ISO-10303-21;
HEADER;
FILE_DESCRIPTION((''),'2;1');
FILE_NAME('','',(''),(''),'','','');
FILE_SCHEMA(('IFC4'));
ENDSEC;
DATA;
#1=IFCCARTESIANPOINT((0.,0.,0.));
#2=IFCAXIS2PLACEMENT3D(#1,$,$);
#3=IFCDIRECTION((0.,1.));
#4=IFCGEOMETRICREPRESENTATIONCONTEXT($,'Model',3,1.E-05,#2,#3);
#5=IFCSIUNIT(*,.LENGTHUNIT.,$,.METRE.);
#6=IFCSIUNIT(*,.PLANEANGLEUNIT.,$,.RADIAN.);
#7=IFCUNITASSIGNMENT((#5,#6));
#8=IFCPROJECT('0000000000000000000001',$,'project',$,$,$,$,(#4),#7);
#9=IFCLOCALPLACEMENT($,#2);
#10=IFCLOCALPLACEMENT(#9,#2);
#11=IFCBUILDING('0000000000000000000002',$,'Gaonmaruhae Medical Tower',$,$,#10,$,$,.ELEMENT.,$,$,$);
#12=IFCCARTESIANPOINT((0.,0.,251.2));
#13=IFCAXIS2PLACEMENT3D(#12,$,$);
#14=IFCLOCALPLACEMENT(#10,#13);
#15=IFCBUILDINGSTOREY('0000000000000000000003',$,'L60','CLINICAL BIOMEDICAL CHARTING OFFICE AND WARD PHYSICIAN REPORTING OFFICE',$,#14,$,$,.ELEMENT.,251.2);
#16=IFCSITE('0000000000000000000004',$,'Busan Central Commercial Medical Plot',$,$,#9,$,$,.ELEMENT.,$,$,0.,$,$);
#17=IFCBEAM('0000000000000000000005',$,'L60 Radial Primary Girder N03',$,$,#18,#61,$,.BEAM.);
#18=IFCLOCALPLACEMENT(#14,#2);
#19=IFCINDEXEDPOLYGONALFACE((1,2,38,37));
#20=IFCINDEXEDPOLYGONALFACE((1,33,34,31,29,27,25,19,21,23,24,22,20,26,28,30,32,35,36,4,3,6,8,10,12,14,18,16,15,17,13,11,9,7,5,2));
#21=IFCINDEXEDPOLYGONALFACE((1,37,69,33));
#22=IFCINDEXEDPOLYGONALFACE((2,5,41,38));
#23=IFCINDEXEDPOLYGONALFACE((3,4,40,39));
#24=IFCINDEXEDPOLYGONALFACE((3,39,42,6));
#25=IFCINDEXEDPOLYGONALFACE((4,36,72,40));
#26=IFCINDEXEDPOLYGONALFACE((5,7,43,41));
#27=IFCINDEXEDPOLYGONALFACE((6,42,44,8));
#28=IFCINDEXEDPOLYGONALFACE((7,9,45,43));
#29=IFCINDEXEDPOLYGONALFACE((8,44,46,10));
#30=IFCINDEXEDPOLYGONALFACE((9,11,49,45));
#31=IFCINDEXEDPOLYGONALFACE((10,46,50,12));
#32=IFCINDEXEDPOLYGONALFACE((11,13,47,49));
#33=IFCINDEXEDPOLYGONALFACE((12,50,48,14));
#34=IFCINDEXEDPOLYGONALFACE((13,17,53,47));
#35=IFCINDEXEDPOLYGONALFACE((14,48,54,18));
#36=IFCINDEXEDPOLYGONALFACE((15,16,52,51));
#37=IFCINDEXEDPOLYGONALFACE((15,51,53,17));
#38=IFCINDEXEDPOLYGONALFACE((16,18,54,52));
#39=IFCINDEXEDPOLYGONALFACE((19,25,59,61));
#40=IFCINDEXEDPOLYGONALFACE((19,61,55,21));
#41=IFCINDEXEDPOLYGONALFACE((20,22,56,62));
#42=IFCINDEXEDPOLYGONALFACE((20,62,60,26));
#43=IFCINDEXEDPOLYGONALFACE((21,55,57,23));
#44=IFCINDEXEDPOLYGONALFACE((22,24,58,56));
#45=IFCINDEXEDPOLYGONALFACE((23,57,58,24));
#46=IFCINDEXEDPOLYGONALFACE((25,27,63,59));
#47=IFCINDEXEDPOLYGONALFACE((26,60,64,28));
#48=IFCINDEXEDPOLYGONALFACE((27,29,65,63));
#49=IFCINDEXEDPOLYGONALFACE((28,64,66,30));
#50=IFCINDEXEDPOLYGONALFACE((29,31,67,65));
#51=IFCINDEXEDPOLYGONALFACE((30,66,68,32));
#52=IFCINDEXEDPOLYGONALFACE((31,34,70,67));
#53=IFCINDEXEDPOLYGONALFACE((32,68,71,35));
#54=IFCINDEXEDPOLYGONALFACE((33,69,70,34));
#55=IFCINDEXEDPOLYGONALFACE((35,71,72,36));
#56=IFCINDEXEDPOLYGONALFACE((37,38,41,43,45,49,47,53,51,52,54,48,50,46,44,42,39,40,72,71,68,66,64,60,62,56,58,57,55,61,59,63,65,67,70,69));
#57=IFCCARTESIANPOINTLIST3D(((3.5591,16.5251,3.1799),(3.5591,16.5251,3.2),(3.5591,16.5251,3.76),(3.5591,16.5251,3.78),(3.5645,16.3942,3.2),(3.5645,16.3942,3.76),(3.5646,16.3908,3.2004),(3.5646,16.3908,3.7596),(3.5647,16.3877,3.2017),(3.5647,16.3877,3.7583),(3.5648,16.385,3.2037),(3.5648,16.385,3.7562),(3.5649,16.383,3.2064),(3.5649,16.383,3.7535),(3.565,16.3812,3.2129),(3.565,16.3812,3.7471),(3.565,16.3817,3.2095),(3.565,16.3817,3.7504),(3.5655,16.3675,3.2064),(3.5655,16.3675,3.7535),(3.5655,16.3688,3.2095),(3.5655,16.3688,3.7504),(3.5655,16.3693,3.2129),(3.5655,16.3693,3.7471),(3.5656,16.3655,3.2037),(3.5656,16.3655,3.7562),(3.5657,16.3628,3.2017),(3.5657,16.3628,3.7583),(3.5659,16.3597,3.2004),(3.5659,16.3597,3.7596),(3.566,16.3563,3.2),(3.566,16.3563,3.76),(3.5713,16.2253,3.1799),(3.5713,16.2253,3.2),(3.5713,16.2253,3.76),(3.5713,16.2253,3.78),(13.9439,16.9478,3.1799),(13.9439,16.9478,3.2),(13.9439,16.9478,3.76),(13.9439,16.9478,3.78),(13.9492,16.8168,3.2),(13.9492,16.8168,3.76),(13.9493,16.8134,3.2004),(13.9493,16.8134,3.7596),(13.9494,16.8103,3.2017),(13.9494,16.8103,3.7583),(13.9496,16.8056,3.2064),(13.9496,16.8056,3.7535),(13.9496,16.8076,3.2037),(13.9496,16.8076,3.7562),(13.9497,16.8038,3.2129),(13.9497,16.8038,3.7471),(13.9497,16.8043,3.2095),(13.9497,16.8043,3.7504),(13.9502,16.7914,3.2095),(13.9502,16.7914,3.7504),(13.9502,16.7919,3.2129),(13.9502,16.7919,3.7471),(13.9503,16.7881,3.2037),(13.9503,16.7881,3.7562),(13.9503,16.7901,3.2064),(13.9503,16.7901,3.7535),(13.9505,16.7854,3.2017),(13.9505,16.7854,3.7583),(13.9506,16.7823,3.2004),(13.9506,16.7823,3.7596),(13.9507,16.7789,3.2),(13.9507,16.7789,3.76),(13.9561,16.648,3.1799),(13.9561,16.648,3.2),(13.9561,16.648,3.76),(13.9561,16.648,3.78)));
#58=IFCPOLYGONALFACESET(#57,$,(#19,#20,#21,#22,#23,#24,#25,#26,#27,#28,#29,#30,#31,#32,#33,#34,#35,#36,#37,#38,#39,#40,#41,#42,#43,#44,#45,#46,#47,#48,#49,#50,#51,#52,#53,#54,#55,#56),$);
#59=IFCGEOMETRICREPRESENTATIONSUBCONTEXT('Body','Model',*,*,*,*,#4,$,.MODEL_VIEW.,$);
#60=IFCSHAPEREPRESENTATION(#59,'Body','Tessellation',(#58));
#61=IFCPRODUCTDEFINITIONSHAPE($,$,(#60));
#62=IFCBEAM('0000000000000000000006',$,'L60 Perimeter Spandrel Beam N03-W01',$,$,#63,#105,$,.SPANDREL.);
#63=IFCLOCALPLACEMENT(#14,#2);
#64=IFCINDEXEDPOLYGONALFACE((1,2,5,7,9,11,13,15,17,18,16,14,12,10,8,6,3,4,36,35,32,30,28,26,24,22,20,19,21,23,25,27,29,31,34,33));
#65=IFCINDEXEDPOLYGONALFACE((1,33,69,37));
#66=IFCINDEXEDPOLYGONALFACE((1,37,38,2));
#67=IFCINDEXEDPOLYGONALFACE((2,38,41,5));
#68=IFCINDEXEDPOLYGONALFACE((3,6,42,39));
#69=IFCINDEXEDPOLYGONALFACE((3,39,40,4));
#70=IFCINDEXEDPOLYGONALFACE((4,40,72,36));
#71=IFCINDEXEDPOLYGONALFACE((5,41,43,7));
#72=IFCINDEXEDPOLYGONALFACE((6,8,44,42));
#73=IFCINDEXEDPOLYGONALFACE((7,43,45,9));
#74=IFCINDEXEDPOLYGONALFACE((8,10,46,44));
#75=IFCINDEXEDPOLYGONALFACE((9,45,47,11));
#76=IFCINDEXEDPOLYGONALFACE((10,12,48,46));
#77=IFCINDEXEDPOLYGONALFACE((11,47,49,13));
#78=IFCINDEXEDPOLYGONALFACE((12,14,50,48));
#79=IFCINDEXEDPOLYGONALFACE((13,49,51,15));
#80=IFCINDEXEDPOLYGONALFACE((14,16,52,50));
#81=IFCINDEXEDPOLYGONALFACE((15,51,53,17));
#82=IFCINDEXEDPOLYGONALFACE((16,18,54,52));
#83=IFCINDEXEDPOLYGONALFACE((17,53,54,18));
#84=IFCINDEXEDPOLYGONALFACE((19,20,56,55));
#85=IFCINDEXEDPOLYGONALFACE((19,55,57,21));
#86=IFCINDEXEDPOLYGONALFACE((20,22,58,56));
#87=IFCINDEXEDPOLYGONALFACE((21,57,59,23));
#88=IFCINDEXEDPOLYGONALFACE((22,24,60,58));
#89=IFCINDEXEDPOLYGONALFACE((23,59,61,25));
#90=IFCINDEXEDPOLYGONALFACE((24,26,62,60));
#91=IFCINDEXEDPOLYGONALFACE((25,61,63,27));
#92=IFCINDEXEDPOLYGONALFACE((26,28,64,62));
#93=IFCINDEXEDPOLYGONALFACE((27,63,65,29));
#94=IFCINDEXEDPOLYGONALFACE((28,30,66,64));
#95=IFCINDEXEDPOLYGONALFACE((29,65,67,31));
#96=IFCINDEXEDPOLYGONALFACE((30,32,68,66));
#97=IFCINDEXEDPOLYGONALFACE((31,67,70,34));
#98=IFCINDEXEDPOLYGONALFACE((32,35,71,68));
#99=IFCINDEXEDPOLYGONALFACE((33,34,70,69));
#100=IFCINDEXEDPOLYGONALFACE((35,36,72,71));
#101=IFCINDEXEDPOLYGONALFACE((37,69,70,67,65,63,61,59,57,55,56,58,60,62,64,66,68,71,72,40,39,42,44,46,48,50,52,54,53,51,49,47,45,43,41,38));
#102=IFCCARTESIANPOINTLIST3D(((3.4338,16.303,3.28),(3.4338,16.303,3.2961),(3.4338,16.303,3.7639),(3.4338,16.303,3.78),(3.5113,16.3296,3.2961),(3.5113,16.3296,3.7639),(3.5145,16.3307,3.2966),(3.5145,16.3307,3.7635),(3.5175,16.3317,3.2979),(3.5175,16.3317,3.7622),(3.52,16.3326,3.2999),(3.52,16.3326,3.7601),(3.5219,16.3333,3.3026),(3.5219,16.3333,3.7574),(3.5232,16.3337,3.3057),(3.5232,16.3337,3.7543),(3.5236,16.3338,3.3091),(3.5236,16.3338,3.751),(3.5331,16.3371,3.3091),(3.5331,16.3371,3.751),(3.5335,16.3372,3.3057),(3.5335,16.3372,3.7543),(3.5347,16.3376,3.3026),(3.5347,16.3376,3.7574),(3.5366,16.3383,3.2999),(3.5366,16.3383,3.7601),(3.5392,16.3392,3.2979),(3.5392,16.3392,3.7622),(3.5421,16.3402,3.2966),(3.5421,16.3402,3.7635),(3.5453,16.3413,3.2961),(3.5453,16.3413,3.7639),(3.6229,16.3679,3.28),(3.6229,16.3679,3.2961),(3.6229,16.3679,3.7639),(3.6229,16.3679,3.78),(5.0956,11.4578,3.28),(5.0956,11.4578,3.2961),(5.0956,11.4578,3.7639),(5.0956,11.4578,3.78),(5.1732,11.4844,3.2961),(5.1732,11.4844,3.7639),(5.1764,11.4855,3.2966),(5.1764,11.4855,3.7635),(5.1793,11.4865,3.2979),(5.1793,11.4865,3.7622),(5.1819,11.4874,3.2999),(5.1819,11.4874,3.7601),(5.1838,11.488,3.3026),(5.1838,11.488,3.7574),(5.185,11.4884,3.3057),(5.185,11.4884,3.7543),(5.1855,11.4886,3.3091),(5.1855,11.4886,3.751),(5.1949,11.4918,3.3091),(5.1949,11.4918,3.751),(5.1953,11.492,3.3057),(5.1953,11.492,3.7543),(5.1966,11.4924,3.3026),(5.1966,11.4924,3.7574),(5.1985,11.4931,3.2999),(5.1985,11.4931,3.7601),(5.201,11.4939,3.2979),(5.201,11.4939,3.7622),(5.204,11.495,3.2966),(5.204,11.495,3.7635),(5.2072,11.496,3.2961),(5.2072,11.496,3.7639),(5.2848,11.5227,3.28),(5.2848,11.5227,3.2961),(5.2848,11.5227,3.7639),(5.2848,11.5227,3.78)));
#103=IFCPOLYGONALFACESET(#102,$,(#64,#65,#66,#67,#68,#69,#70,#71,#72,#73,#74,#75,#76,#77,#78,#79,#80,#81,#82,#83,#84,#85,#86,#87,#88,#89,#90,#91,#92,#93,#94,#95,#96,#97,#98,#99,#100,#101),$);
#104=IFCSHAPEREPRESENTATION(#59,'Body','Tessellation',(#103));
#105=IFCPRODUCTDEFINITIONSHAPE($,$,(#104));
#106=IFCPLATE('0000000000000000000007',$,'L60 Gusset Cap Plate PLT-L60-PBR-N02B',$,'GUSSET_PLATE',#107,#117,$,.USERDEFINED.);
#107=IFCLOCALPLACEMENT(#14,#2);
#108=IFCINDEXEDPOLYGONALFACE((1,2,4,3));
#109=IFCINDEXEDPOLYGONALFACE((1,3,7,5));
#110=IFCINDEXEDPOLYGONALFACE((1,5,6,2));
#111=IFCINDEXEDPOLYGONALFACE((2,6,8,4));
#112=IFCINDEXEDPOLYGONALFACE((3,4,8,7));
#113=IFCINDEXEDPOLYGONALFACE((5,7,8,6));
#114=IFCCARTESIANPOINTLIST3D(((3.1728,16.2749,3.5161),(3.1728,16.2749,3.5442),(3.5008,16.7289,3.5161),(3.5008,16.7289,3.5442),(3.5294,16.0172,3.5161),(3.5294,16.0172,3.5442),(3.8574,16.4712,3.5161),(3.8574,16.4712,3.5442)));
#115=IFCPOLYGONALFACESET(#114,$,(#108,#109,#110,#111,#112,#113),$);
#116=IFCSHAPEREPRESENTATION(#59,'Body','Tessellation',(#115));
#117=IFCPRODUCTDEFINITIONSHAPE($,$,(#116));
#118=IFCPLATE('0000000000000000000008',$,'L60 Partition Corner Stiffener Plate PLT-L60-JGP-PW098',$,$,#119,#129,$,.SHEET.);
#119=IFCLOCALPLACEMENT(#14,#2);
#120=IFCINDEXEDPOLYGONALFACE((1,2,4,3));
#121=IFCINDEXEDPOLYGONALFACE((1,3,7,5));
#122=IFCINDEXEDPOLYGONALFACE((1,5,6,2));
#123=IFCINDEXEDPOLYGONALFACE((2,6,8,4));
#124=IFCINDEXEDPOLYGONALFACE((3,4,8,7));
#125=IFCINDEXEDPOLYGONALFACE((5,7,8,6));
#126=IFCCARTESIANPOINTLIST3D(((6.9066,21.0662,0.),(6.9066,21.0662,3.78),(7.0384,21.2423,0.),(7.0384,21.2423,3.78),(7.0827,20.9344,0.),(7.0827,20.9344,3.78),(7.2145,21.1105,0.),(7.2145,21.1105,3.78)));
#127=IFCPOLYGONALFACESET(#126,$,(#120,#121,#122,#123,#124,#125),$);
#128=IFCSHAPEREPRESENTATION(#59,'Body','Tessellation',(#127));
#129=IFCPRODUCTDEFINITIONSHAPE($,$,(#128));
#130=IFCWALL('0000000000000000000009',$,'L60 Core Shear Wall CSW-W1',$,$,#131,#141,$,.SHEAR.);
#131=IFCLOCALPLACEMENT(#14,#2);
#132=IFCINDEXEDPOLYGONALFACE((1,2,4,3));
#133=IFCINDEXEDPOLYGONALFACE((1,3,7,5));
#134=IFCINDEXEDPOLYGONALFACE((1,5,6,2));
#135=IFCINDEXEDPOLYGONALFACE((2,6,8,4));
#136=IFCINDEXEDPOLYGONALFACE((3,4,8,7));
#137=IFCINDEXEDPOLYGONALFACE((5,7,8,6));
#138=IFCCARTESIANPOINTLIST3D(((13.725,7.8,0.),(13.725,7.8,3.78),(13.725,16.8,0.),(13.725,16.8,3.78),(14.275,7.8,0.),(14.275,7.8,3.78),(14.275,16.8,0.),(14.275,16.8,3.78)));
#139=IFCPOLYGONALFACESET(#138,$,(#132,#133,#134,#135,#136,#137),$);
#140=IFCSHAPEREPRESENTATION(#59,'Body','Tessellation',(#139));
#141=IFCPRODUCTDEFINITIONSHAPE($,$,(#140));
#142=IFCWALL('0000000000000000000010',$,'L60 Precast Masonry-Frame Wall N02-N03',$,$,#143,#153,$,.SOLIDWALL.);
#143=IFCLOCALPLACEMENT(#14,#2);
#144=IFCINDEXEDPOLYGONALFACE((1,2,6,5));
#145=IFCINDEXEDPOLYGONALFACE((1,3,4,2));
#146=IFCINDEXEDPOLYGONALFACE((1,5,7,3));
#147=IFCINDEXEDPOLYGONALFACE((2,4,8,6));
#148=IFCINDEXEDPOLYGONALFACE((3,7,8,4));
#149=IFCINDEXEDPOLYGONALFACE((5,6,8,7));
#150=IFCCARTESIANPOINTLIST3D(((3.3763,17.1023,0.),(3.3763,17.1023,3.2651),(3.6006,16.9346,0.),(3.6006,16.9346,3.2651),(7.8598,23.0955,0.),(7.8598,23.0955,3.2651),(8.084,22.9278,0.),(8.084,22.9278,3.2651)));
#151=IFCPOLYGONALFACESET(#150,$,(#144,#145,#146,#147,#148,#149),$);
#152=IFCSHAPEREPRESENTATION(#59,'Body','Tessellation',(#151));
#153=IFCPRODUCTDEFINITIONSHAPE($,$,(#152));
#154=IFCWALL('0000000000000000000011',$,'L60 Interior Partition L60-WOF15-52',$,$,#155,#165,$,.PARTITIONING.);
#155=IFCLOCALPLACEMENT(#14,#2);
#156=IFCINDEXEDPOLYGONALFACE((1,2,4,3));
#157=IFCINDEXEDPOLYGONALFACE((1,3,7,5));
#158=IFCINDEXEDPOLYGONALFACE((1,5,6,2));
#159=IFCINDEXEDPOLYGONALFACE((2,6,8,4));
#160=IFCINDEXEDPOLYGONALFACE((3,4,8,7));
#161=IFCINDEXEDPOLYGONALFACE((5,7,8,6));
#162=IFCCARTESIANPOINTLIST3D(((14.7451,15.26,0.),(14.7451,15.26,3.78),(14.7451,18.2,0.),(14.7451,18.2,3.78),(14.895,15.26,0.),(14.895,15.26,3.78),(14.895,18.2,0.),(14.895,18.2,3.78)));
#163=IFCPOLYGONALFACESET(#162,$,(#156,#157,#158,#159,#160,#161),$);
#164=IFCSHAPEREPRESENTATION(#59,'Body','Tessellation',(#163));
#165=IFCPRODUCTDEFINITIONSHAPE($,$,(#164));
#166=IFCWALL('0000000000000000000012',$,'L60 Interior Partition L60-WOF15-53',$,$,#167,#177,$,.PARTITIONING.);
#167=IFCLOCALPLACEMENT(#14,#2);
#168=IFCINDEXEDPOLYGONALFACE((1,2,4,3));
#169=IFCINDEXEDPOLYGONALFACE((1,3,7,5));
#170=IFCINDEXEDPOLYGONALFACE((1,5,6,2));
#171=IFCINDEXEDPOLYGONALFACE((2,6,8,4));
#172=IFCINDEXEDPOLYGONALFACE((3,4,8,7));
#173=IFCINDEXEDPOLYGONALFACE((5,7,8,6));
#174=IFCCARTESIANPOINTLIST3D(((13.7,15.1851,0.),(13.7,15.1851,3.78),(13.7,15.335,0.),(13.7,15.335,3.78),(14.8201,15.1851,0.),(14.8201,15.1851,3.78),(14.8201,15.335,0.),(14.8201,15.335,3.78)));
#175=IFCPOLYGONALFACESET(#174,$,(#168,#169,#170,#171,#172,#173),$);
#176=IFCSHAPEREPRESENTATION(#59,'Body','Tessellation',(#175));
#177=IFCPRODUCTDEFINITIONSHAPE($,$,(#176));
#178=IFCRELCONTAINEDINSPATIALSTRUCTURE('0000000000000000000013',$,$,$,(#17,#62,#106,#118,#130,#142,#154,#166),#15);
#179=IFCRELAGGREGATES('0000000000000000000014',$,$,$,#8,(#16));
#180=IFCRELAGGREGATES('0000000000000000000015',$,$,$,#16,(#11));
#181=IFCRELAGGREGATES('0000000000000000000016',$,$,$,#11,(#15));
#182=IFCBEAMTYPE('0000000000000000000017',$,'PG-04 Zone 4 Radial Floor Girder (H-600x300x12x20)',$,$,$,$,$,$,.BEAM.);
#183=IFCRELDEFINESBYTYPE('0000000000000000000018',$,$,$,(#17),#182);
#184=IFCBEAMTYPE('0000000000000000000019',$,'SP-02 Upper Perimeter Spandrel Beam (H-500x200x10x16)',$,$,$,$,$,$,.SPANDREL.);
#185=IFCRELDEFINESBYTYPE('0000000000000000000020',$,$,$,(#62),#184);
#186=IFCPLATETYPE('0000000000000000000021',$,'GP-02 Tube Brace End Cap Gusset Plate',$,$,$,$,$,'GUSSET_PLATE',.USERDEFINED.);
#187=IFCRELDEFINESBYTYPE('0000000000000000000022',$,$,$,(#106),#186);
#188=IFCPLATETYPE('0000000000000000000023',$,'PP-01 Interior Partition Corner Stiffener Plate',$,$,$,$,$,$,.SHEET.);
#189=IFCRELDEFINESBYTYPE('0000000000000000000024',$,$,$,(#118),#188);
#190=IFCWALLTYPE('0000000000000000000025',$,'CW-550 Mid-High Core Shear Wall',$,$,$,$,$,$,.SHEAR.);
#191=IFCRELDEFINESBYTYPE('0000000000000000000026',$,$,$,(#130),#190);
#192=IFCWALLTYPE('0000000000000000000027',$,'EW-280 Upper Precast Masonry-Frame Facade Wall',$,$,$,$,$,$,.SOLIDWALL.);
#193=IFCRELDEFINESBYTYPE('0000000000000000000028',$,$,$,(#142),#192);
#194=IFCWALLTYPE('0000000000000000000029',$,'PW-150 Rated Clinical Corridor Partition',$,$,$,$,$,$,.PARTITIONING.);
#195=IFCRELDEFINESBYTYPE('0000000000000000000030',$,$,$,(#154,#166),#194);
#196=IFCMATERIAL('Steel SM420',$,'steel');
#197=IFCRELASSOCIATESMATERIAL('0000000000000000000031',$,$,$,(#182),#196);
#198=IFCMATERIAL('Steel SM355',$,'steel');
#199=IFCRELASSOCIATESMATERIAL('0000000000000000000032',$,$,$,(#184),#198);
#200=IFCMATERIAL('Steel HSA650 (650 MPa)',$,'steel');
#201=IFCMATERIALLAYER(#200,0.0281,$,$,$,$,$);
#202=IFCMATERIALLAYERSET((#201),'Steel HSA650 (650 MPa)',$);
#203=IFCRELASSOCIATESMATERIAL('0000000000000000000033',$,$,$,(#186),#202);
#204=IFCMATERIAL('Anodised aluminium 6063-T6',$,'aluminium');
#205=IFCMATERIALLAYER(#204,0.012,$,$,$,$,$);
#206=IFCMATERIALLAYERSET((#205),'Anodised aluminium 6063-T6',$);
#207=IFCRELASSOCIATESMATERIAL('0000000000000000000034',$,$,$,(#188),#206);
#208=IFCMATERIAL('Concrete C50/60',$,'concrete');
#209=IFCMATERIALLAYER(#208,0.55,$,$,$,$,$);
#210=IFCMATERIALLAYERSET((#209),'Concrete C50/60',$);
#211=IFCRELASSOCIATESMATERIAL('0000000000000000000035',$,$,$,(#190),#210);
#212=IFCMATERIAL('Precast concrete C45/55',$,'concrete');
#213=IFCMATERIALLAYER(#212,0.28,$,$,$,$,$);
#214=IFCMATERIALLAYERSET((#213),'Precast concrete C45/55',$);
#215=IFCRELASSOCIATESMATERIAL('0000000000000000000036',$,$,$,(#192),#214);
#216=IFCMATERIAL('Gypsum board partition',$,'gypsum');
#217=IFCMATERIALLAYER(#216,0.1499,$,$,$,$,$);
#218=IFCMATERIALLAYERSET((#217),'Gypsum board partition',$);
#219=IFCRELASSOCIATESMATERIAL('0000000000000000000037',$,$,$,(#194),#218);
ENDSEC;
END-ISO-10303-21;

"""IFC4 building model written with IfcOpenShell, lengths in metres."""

from ifc_helpers import new_model, si_unit, direction, frame, frame_2d, origin, origin_2d, place, context, subcontext, project, spatial, rectangle, i_section, extrude, material, layer, layer_set, material_profile, profile_set, type_object, element, save


model = new_model("IFC4")

# Units and contexts
model_context = context("Model", 3, precision=1e-05, world=origin(), true_north=direction((0.0, 1.0)))
body_context = subcontext(model_context, "Body", "Model", "MODEL_VIEW")
ifc_project = project(units=[si_unit("LENGTHUNIT", "METRE"), si_unit("PLANEANGLEUNIT", "RADIAN")], contexts=[model_context])

# Site, building, storey
site_placement = place(None, origin())
site = spatial("IfcSite", under=ifc_project, at=site_placement, Name="Busan Central Commercial Medical Plot", CompositionType="ELEMENT", RefElevation=0.0)
building_placement = place(site_placement, origin())
building = spatial("IfcBuilding", under=site, at=building_placement, Name="Gaonmaruhae Medical Tower", CompositionType="ELEMENT")
storey_placement = place(building_placement, frame((0.0, 0.0, 251.2)))
storey = spatial("IfcBuildingStorey", under=building, at=storey_placement, Name="L60", Description="CLINICAL BIOMEDICAL CHARTING OFFICE AND WARD PHYSICIAN REPORTING OFFICE", CompositionType="ELEMENT", Elevation=251.2)

# Shared definitions
ifc_material_1 = material(Name="Concrete C50/60", Category="concrete")

# Beams
ifc_material_2 = material(Name="Steel SM355", Category="steel")
ifc_material_3 = material(Name="Steel SM420", Category="steel")
ifc_material_profile_1 = material_profile(ifc_material_3, i_section(OverallWidth=0.3, OverallDepth=0.6001, WebThickness=0.012, FlangeThickness=0.02, FilletRadius=0.0129, at=origin_2d()), Name="H-600x300x12x20")
ifc_profile_set_1 = profile_set([ifc_material_profile_1], Name="Steel SM420")
beam_type_1 = type_object("IfcBeamType", Name="PG-04 Zone 4 Radial Floor Girder (H-600x300x12x20)", PredefinedType="BEAM", material=ifc_profile_set_1)
beam_1_placement = place(storey_placement, frame((13.95, 16.7979, 3.48), z_axis=(-0.999173, -0.040661, 0.0), x_axis=(0.040661, -0.999173, 0.0)))
element("IfcBeam", 1, at=beam_1_placement, inside=storey, type_object=beam_type_1, Name="L60 Radial Primary Girder N03", PredefinedType="BEAM", context=body_context, shape_type="SweptSolid", body=[
    extrude(i_section(OverallWidth=0.3, OverallDepth=0.6001, WebThickness=0.012, FlangeThickness=0.02, FilletRadius=0.0129, at=origin_2d()), origin(), (0.0, 0.0, 1.0), 10.3933),
])
ifc_material_profile_2 = material_profile(ifc_material_2, i_section(OverallWidth=0.2, OverallDepth=0.5, WebThickness=0.01, FlangeThickness=0.0161, FilletRadius=0.0129, at=origin_2d()), Name="H-500x200x10x16")
ifc_profile_set_2 = profile_set([ifc_material_profile_2], Name="Steel SM355")
beam_type_2 = type_object("IfcBeamType", Name="SP-02 Upper Perimeter Spandrel Beam (H-500x200x10x16)", PredefinedType="SPANDREL", material=ifc_profile_set_2)
beam_2_placement = place(storey_placement, frame((3.5283, 16.3354, 3.53), z_axis=(0.324438, -0.945907, 0.0), x_axis=(0.945907, 0.324438, 0.0)))
element("IfcBeam", 2, at=beam_2_placement, inside=storey, type_object=beam_type_2, Name="L60 Perimeter Spandrel Beam N03-W01", PredefinedType="SPANDREL", context=body_context, shape_type="SweptSolid", body=[
    extrude(i_section(OverallWidth=0.2, OverallDepth=0.5, WebThickness=0.01, FlangeThickness=0.0161, FilletRadius=0.0129, at=origin_2d()), origin(), (0.0, 0.0, 1.0), 5.1223),
])

# Plates
ifc_material_4 = material(Name="Steel HSA650 (650 MPa)", Category="steel")
ifc_layer_1 = layer(ifc_material_4, 0.0281)
ifc_layer_set_1 = layer_set([ifc_layer_1], Name="Steel HSA650 (650 MPa)")
plate_type_1 = type_object("IfcPlateType", Name="GP-02 Tube Brace End Cap Gusset Plate", ElementType="GUSSET_PLATE", PredefinedType="USERDEFINED", material=ifc_layer_set_1)
plate_1_placement = place(storey_placement, frame((3.5151, 16.373, 3.5161), z_axis=(0.0, 0.0, 1.0), x_axis=(0.585665, 0.810553, 0.0)))
element("IfcPlate", 3, at=plate_1_placement, inside=storey, type_object=plate_type_1, Name="L60 Gusset Cap Plate PLT-L60-PBR-N02B", ObjectType="GUSSET_PLATE", PredefinedType="USERDEFINED", context=body_context, shape_type="SweptSolid", body=[
    extrude(rectangle(XDim=0.5601, YDim=0.4399, at=origin_2d()), origin(), (0.0, 0.0, 1.0), 0.0281),
])
ifc_material_5 = material(Name="Anodised aluminium 6063-T6", Category="aluminium")
ifc_layer_2 = layer(ifc_material_5, 0.012)
ifc_layer_set_2 = layer_set([ifc_layer_2], Name="Anodised aluminium 6063-T6")
plate_type_2 = type_object("IfcPlateType", Name="PP-01 Interior Partition Corner Stiffener Plate", PredefinedType="SHEET", material=ifc_layer_set_2)
plate_2_placement = place(storey_placement, frame((7.0605, 21.0884, 0.0), z_axis=(0.0, 0.0, 1.0), x_axis=(-0.800585, 0.599219, 0.0)))
element("IfcPlate", 4, at=plate_2_placement, inside=storey, type_object=plate_type_2, Name="L60 Partition Corner Stiffener Plate PLT-L60-JGP-PW098", PredefinedType="SHEET", context=body_context, shape_type="SweptSolid", body=[
    extrude(rectangle(XDim=0.22, YDim=0.22, at=origin_2d()), origin(), (0.0, 0.0, 1.0), 3.78),
])

# Walls
ifc_layer_3 = layer(ifc_material_1, 0.55)
ifc_layer_set_3 = layer_set([ifc_layer_3], Name="Concrete C50/60")
wall_type_1 = type_object("IfcWallType", Name="CW-550 Mid-High Core Shear Wall", PredefinedType="SHEAR", material=ifc_layer_set_3)
wall_1_placement = place(storey_placement, frame((14.0, 16.8, 0.0), z_axis=(0.0, 0.0, 1.0), x_axis=(0.0, -1.0, 0.0)))
element("IfcWall", 5, at=wall_1_placement, inside=storey, type_object=wall_type_1, Name="L60 Core Shear Wall CSW-W1", PredefinedType="SHEAR", context=body_context, shape_type="SweptSolid", body=[
    extrude(rectangle(XDim=9.0, YDim=0.55, at=frame_2d((4.5, 0.0))), origin(), (0.0, 0.0, 1.0), 3.78),
])
ifc_material_6 = material(Name="Precast concrete C45/55", Category="concrete")
ifc_layer_4 = layer(ifc_material_6, 0.28)
ifc_layer_set_4 = layer_set([ifc_layer_4], Name="Precast concrete C45/55")
wall_type_2 = type_object("IfcWallType", Name="EW-280 Upper Precast Masonry-Frame Facade Wall", PredefinedType="SOLIDWALL", material=ifc_layer_set_4)
wall_2_placement = place(storey_placement, frame((3.4885, 17.0186, 0.0), z_axis=(0.0, 0.0, 1.0), x_axis=(0.599018, 0.800735, 0.0)))
element("IfcWall", 6, at=wall_2_placement, inside=storey, type_object=wall_type_2, Name="L60 Precast Masonry-Frame Wall N02-N03", PredefinedType="SOLIDWALL", context=body_context, shape_type="SweptSolid", body=[
    extrude(rectangle(XDim=7.4846, YDim=0.28, at=frame_2d((3.7422, 0.0))), origin(), (0.0, 0.0, 1.0), 3.2651),
])
ifc_material_7 = material(Name="Gypsum board partition", Category="gypsum")
ifc_layer_5 = layer(ifc_material_7, 0.1499)
ifc_layer_set_5 = layer_set([ifc_layer_5], Name="Gypsum board partition")
wall_type_3 = type_object("IfcWallType", Name="PW-150 Rated Clinical Corridor Partition", PredefinedType="PARTITIONING", material=ifc_layer_set_5)
wall_3_placement = place(storey_placement, frame((14.8201, 18.2, 0.0), z_axis=(0.0, 0.0, 1.0), x_axis=(0.0, -1.0, 0.0)))
element("IfcWall", 7, at=wall_3_placement, inside=storey, type_object=wall_type_3, Name="L60 Interior Partition L60-WOF15-52", PredefinedType="PARTITIONING", context=body_context, shape_type="SweptSolid", body=[
    extrude(rectangle(XDim=2.9399, YDim=0.1499, at=frame_2d((1.47, 0.0))), origin(), (0.0, 0.0, 1.0), 3.78),
])
wall_4_placement = place(storey_placement, frame((14.8201, 15.26, 0.0), z_axis=(0.0, 0.0, 1.0), x_axis=(-1.0, 0.0, 0.0)))
element("IfcWall", 8, at=wall_4_placement, inside=storey, type_object=wall_type_3, Name="L60 Interior Partition L60-WOF15-53", PredefinedType="PARTITIONING", context=body_context, shape_type="SweptSolid", body=[
    extrude(rectangle(XDim=1.1201, YDim=0.1499, at=frame_2d((0.5601, 0.0))), origin(), (0.0, 0.0, 1.0), 3.78),
])

save(model, "model.ifc")
